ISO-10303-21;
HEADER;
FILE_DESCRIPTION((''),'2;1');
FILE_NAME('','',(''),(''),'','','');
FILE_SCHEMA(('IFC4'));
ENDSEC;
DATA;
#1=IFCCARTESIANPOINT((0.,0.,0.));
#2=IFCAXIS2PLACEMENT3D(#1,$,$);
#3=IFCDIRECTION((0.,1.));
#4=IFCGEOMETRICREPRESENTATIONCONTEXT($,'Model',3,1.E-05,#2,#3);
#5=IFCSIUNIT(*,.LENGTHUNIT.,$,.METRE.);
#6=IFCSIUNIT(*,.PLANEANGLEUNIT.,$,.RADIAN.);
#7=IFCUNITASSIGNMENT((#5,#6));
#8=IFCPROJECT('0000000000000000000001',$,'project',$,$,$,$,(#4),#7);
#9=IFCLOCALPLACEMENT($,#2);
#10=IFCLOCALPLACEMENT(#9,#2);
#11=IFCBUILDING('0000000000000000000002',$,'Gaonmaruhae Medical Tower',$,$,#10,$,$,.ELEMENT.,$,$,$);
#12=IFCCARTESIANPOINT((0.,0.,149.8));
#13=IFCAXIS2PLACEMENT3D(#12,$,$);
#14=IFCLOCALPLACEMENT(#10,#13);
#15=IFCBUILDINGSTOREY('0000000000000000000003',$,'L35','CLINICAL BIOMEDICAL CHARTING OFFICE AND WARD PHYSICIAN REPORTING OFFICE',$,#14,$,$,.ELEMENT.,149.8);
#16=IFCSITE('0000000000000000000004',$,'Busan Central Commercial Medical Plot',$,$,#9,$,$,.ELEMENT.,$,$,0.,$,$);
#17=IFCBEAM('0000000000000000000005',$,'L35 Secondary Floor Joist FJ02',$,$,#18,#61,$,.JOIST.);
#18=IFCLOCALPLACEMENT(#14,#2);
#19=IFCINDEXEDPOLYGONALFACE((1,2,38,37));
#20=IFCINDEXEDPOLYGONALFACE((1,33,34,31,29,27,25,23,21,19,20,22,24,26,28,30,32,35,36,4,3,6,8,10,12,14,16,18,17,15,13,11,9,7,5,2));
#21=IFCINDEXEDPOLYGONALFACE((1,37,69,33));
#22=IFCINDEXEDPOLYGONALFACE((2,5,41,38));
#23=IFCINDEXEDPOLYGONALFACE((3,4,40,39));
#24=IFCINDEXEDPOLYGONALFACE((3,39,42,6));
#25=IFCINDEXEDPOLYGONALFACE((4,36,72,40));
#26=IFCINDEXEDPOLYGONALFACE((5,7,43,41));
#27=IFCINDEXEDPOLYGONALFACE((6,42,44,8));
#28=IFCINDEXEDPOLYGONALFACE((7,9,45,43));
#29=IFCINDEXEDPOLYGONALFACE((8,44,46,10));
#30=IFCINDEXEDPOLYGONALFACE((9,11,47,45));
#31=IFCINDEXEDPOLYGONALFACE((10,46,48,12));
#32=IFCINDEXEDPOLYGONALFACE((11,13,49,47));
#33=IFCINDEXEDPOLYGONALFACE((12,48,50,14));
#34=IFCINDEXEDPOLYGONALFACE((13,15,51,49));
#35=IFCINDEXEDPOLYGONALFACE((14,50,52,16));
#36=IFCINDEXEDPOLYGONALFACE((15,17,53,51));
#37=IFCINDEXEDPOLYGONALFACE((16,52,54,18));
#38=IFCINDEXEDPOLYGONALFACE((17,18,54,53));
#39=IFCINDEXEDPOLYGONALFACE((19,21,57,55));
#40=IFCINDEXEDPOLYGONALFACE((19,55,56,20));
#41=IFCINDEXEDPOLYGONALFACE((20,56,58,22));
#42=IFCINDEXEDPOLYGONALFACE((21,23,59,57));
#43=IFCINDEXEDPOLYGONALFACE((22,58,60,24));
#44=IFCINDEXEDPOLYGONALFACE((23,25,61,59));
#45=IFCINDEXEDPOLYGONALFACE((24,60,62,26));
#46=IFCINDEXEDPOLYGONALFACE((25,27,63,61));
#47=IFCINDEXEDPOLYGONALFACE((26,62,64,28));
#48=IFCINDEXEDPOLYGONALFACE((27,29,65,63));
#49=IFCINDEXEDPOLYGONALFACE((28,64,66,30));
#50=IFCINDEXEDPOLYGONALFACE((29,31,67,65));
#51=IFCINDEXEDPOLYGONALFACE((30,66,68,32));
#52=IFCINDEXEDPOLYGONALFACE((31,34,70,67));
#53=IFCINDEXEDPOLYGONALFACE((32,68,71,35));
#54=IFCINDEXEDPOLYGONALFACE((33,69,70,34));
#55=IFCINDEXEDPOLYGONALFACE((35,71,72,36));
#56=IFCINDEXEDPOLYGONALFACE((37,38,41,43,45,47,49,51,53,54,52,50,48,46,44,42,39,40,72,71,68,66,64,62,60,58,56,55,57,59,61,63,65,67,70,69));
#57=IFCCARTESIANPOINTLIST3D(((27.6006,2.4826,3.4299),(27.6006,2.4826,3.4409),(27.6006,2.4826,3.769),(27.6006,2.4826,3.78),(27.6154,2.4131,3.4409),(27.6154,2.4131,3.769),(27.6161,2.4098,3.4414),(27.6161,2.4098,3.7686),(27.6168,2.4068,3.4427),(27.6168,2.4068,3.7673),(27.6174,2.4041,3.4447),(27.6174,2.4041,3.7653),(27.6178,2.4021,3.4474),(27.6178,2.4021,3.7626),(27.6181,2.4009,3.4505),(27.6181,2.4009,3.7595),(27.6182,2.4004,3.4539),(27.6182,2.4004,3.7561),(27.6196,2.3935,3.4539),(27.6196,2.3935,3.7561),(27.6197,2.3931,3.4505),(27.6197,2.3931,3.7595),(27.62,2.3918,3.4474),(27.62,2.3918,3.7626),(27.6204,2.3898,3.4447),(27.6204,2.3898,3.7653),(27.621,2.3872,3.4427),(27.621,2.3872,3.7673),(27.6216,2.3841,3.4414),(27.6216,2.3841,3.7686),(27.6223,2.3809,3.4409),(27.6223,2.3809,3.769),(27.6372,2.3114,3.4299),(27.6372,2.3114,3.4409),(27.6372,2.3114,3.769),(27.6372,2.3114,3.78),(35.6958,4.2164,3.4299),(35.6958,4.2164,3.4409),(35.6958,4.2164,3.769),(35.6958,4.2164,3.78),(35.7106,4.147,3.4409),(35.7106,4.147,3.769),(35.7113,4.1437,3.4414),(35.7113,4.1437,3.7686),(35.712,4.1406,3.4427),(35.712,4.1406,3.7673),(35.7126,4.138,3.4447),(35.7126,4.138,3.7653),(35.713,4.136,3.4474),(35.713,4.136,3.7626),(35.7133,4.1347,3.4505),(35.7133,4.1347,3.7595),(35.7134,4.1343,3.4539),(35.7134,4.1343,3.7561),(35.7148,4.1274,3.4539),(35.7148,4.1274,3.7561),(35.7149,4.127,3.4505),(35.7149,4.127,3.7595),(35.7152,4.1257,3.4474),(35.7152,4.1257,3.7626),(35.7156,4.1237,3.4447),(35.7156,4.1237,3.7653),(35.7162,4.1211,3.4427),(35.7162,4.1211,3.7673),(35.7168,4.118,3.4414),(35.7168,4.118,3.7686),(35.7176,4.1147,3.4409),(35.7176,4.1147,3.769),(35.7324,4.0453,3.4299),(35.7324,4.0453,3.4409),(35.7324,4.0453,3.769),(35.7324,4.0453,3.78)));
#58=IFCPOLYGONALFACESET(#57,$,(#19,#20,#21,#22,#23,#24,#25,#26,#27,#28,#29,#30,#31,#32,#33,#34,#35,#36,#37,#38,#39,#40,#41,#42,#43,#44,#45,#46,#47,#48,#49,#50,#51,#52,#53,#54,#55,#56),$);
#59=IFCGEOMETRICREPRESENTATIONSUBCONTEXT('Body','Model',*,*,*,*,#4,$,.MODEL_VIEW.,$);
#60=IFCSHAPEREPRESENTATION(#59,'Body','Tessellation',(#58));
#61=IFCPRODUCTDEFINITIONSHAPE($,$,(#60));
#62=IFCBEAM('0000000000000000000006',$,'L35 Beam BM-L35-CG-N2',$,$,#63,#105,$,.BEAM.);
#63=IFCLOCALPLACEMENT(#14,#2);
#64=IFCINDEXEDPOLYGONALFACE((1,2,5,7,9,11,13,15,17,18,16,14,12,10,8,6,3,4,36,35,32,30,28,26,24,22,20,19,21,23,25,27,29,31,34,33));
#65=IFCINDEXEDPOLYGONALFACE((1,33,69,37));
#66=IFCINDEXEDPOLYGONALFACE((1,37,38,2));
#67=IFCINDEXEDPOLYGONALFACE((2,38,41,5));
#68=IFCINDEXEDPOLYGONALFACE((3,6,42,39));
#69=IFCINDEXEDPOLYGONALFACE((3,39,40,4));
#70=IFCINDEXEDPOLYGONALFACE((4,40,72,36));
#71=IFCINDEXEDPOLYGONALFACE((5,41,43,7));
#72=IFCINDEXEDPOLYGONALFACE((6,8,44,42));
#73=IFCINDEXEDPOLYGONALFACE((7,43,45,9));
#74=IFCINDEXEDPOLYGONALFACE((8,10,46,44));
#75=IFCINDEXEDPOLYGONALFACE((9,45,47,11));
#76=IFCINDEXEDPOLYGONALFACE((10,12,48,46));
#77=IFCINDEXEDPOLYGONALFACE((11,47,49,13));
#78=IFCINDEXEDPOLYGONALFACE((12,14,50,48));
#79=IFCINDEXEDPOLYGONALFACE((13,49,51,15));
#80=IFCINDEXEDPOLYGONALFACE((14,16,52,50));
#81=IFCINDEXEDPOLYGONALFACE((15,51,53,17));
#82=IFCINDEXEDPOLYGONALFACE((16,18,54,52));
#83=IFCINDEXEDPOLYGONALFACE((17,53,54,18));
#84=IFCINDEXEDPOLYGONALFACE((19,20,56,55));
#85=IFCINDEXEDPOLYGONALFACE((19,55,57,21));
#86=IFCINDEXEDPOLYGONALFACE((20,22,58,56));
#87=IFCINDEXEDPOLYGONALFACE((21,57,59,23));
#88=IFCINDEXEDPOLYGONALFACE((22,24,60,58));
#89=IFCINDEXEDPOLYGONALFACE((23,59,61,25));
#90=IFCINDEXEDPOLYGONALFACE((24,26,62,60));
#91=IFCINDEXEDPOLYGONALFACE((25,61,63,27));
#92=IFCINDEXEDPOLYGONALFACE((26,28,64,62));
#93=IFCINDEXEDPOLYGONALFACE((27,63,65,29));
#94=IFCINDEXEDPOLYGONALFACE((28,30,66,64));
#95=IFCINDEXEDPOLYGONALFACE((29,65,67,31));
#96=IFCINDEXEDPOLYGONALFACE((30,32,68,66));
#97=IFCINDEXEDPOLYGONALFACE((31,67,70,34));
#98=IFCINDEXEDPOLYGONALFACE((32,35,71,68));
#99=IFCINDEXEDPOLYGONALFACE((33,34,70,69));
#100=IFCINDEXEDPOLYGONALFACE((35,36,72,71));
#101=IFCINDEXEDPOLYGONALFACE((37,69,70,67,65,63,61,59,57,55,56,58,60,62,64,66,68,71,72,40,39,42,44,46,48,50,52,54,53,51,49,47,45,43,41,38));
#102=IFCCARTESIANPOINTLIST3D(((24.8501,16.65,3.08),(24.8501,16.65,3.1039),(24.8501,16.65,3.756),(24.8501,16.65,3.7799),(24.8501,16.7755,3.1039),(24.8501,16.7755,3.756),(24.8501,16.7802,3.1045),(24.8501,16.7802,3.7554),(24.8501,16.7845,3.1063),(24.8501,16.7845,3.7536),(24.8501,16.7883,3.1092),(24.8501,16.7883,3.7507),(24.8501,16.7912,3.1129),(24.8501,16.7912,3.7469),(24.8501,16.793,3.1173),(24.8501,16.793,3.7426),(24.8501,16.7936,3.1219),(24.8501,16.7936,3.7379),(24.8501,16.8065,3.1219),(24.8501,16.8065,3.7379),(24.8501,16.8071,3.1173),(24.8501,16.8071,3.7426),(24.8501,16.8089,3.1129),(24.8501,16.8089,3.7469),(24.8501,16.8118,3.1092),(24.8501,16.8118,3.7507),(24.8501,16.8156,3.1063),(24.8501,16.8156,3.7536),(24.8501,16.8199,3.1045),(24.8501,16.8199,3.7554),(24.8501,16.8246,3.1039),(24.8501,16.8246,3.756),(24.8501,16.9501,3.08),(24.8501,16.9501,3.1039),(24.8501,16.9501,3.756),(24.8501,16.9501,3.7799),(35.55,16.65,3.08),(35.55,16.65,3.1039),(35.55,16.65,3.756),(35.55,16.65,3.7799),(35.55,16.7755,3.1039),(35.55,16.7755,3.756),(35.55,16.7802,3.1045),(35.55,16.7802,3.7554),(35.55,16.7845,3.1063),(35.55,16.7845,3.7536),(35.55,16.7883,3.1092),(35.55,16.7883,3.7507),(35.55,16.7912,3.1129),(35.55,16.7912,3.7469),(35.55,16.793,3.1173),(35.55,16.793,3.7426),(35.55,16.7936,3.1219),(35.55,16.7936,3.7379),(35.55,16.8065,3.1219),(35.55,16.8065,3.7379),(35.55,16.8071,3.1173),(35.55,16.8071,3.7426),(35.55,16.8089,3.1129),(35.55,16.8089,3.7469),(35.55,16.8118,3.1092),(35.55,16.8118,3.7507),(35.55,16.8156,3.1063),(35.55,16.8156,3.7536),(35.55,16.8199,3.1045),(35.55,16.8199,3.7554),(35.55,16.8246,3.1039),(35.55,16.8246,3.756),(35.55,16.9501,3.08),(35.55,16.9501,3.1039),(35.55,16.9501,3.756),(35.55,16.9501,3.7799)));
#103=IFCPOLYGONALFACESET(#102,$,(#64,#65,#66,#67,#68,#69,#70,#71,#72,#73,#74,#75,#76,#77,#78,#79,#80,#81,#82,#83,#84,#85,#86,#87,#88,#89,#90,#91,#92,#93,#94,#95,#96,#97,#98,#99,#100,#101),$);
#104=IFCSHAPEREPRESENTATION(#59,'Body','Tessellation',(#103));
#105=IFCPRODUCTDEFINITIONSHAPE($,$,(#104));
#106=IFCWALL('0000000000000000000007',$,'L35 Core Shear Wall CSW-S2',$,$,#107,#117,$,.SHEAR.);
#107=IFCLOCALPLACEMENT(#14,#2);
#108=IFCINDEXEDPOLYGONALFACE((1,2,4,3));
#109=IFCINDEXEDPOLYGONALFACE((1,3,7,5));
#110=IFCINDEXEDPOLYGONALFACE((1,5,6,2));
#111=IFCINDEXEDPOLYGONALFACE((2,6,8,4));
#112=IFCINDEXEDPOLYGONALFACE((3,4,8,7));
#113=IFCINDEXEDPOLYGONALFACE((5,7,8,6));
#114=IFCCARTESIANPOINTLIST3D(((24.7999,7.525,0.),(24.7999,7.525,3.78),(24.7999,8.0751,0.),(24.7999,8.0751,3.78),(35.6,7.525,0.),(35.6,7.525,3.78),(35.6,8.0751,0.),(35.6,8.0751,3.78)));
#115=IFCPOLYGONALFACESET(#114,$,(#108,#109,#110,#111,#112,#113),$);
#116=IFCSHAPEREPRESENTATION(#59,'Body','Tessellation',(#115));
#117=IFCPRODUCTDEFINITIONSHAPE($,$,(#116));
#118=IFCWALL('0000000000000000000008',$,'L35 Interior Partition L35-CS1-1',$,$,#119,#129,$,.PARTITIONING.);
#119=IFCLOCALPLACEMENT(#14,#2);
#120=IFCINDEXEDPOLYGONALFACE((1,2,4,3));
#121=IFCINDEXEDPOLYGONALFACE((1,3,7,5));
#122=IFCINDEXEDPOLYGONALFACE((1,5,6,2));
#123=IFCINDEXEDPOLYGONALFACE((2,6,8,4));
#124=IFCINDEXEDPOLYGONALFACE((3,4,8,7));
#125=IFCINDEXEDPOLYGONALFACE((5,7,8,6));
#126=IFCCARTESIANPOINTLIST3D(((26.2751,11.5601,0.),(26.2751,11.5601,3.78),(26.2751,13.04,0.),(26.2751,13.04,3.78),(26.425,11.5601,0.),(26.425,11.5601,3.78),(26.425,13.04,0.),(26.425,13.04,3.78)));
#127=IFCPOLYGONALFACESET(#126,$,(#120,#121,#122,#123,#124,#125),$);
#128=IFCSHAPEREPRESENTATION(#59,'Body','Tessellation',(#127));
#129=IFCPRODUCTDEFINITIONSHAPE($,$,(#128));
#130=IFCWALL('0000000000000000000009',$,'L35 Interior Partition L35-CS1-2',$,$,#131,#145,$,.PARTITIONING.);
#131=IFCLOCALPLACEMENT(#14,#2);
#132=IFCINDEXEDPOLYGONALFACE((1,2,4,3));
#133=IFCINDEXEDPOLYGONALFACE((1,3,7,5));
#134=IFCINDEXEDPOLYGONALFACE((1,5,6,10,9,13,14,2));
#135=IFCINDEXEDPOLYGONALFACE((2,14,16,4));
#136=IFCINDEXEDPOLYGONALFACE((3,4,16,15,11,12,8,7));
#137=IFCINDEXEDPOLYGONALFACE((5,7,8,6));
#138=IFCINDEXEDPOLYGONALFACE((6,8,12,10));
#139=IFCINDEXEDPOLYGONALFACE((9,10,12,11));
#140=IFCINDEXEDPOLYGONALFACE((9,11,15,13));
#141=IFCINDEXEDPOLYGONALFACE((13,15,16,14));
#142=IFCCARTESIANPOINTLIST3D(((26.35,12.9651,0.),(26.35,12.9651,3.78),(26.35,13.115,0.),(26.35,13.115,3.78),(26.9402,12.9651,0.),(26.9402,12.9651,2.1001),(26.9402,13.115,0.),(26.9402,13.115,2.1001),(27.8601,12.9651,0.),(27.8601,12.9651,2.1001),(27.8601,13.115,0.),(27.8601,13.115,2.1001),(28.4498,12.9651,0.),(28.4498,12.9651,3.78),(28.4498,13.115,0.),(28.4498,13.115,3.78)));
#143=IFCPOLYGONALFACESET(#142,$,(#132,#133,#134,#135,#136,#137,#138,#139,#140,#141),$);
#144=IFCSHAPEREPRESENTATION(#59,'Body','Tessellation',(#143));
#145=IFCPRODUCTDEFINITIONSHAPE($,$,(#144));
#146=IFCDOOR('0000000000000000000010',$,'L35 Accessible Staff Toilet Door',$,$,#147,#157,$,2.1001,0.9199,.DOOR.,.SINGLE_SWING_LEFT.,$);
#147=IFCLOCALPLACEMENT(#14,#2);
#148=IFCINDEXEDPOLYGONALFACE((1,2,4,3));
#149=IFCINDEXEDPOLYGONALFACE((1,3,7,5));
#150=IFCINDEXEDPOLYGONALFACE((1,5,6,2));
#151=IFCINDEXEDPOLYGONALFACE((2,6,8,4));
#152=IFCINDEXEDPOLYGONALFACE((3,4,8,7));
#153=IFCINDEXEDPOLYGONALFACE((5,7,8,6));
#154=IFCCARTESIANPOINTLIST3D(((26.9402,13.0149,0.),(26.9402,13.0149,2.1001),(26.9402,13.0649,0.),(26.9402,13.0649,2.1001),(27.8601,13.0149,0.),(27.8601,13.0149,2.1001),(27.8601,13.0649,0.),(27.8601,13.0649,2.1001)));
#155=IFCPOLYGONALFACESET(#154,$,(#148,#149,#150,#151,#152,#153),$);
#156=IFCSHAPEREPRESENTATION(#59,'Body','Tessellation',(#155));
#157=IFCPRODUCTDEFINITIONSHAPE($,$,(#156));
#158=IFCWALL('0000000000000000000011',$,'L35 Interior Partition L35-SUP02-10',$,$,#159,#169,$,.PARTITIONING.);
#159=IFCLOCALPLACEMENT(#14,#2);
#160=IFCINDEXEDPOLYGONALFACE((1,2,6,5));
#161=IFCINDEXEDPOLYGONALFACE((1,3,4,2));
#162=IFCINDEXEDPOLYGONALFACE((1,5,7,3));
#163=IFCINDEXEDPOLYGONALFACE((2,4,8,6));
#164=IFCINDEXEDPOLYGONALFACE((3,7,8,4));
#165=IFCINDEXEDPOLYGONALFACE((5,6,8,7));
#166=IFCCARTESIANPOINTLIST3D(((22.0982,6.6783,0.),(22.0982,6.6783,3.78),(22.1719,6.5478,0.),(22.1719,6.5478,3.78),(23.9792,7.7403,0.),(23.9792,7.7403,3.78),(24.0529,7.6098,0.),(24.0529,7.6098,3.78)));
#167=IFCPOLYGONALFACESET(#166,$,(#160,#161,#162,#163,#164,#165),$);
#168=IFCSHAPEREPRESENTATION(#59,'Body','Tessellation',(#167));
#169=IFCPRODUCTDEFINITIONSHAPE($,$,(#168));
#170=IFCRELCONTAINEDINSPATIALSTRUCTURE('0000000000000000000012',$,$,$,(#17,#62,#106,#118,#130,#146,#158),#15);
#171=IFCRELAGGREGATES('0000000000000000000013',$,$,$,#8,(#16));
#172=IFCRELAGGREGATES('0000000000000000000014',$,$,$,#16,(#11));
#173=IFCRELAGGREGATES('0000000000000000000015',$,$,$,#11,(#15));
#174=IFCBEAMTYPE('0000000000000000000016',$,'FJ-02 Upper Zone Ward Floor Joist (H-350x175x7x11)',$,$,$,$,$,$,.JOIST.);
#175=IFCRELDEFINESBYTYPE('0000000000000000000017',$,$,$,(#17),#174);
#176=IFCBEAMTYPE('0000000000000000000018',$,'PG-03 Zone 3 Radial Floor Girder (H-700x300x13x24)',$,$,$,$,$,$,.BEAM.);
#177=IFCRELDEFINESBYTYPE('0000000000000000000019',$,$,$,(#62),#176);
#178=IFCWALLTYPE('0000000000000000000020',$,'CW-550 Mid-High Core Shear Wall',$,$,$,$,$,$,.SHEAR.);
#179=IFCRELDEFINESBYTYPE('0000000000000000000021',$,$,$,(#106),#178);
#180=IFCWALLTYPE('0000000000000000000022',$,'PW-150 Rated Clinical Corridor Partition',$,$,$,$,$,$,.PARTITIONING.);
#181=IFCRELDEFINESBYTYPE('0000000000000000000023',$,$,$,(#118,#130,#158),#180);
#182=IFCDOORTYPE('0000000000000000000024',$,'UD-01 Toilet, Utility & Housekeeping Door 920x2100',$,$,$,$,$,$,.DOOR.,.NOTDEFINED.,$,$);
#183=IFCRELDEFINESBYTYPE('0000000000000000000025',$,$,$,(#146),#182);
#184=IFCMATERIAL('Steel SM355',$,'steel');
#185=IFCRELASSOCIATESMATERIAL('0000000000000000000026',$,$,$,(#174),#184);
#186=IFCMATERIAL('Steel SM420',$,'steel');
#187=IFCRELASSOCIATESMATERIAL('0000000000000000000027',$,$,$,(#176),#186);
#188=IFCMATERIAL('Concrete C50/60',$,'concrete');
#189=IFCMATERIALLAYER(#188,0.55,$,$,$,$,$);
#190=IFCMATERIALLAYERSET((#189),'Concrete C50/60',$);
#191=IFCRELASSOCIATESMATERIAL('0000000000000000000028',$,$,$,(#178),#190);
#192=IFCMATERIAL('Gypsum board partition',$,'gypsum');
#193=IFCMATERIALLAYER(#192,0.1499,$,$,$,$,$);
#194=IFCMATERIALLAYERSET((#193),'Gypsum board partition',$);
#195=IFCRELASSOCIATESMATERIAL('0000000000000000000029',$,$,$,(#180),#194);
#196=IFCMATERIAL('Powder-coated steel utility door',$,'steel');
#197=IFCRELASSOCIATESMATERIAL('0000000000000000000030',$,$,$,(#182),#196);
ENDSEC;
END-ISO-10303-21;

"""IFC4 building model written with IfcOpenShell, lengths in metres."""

from ifc_helpers import new_model, si_unit, direction, frame, frame_2d, origin, origin_2d, place, context, subcontext, project, spatial, rectangle, i_section, extrude, material, layer, layer_set, material_profile, profile_set, type_object, element, fill, save


model = new_model("IFC4")

# Units and contexts
model_context = context("Model", 3, precision=1e-05, world=origin(), true_north=direction((0.0, 1.0)))
body_context = subcontext(model_context, "Body", "Model", "MODEL_VIEW")
ifc_project = project(units=[si_unit("LENGTHUNIT", "METRE"), si_unit("PLANEANGLEUNIT", "RADIAN")], contexts=[model_context])

# Site, building, storey
site_placement = place(None, origin())
site = spatial("IfcSite", under=ifc_project, at=site_placement, Name="Busan Central Commercial Medical Plot", CompositionType="ELEMENT", RefElevation=0.0)
building_placement = place(site_placement, origin())
building = spatial("IfcBuilding", under=site, at=building_placement, Name="Gaonmaruhae Medical Tower", CompositionType="ELEMENT")
storey_placement = place(building_placement, frame((0.0, 0.0, 149.8)))
storey = spatial("IfcBuildingStorey", under=building, at=storey_placement, Name="L35", Description="CLINICAL BIOMEDICAL CHARTING OFFICE AND WARD PHYSICIAN REPORTING OFFICE", CompositionType="ELEMENT", Elevation=149.8)

# Shared definitions
ifc_material_1 = material(Name="Concrete C50/60", Category="concrete")

# Beams
ifc_material_2 = material(Name="Steel SM420", Category="steel")
ifc_material_3 = material(Name="Steel SM355", Category="steel")
ifc_material_profile_1 = material_profile(ifc_material_3, i_section(OverallWidth=0.175, OverallDepth=0.3501, WebThickness=0.0071, FlangeThickness=0.011, FilletRadius=0.0129, at=origin_2d()), Name="H-350x175x7x11")
ifc_profile_set_1 = profile_set([ifc_material_profile_1], Name="Steel SM355")
beam_type_1 = type_object("IfcBeamType", Name="FJ-02 Upper Zone Ward Floor Joist (H-350x175x7x11)", PredefinedType="JOIST", material=ifc_profile_set_1)
beam_1_placement = place(storey_placement, frame((27.6189, 2.397, 3.605), z_axis=(0.977822, 0.209436, 0.0), x_axis=(-0.209436, 0.977822, 0.0)))
element("IfcBeam", 1, at=beam_1_placement, inside=storey, type_object=beam_type_1, Name="L35 Secondary Floor Joist FJ02", PredefinedType="JOIST", context=body_context, shape_type="SweptSolid", body=[
    extrude(i_section(OverallWidth=0.175, OverallDepth=0.3501, WebThickness=0.0071, FlangeThickness=0.011, FilletRadius=0.0129, at=origin_2d()), origin(), (0.0, 0.0, 1.0), 8.2788),
])
ifc_material_profile_2 = material_profile(ifc_material_2, i_section(OverallWidth=0.3, OverallDepth=0.7, WebThickness=0.0129, FlangeThickness=0.0239, FilletRadius=0.0181, at=origin_2d()), Name="H-700x300x13x24")
ifc_profile_set_2 = profile_set([ifc_material_profile_2], Name="Steel SM420")
beam_type_2 = type_object("IfcBeamType", Name="PG-03 Zone 3 Radial Floor Girder (H-700x300x13x24)", PredefinedType="BEAM", material=ifc_profile_set_2)
beam_2_placement = place(storey_placement, frame((24.8501, 16.8, 3.4299), z_axis=(1.0, 0.0, 0.0), x_axis=(0.0, 1.0, 0.0)))
element("IfcBeam", 2, at=beam_2_placement, inside=storey, type_object=beam_type_2, Name="L35 Beam BM-L35-CG-N2", PredefinedType="BEAM", context=body_context, shape_type="SweptSolid", body=[
    extrude(i_section(OverallWidth=0.3, OverallDepth=0.7, WebThickness=0.0129, FlangeThickness=0.0239, FilletRadius=0.0181, at=origin_2d()), origin(), (0.0, 0.0, 1.0), 10.7),
])

# Walls
ifc_layer_1 = layer(ifc_material_1, 0.55)
ifc_layer_set_1 = layer_set([ifc_layer_1], Name="Concrete C50/60")
wall_type_1 = type_object("IfcWallType", Name="CW-550 Mid-High Core Shear Wall", PredefinedType="SHEAR", material=ifc_layer_set_1)
wall_1_placement = place(storey_placement, frame((24.8, 7.8, 0.0), z_axis=(0.0, 0.0, 1.0), x_axis=(1.0, 0.0, 0.0)))
element("IfcWall", 3, at=wall_1_placement, inside=storey, type_object=wall_type_1, Name="L35 Core Shear Wall CSW-S2", PredefinedType="SHEAR", context=body_context, shape_type="SweptSolid", body=[
    extrude(rectangle(XDim=10.8, YDim=0.55, at=frame_2d((5.3999, 0.0))), origin(), (0.0, 0.0, 1.0), 3.78),
])
ifc_material_4 = material(Name="Gypsum board partition", Category="gypsum")
ifc_layer_2 = layer(ifc_material_4, 0.1499)
ifc_layer_set_2 = layer_set([ifc_layer_2], Name="Gypsum board partition")
wall_type_2 = type_object("IfcWallType", Name="PW-150 Rated Clinical Corridor Partition", PredefinedType="PARTITIONING", material=ifc_layer_set_2)
wall_2_placement = place(storey_placement, frame((26.3501, 11.5601, 0.0), z_axis=(0.0, 0.0, 1.0), x_axis=(0.0, 1.0, 0.0)))
element("IfcWall", 4, at=wall_2_placement, inside=storey, type_object=wall_type_2, Name="L35 Interior Partition L35-CS1-1", PredefinedType="PARTITIONING", context=body_context, shape_type="SweptSolid", body=[
    extrude(rectangle(XDim=1.48, YDim=0.1499, at=frame_2d((0.74, 0.0))), origin(), (0.0, 0.0, 1.0), 3.78),
])

# Wall, opening, door
wall_3_placement = place(storey_placement, frame((26.3501, 13.04, 0.0), z_axis=(0.0, 0.0, 1.0), x_axis=(1.0, 0.0, 0.0)))
wall_3 = element("IfcWall", 5, at=wall_3_placement, inside=storey, type_object=wall_type_2, Name="L35 Interior Partition L35-CS1-2", PredefinedType="PARTITIONING", context=body_context, shape_type="SweptSolid", body=[
    extrude(rectangle(XDim=2.0999, YDim=0.1499, at=frame_2d((1.0498, 0.0))), origin(), (0.0, 0.0, 1.0), 3.78),
])
opening_1_placement = place(wall_3_placement, frame((0.5901, 0.0, 0.0)))
opening_1 = element("IfcOpeningElement", 6, at=opening_1_placement, cuts=wall_3, PredefinedType="OPENING", context=body_context, shape_type="SweptSolid", body=[
    extrude(rectangle(XDim=0.9199, YDim=2.1001, at=frame_2d((0.46, 1.05))), frame((0.0, 0.085, 0.0), z_axis=(0.0, -1.0, 0.0), x_axis=(1.0, 0.0, 0.0)), (0.0, 0.0, 1.0), 0.1699),
])
ifc_material_5 = material(Name="Powder-coated steel utility door", Category="steel")
door_type_1 = type_object("IfcDoorType", Name="UD-01 Toilet, Utility & Housekeeping Door 920x2100", OperationType="NOTDEFINED", PredefinedType="DOOR", material=ifc_material_5)
door_1_placement = place(opening_1_placement, origin())
door_1 = element("IfcDoor", 7, at=door_1_placement, inside=storey, type_object=door_type_1, Name="L35 Accessible Staff Toilet Door", OperationType="SINGLE_SWING_LEFT", OverallHeight=2.1001, OverallWidth=0.9199, PredefinedType="DOOR", context=body_context, shape_type="SweptSolid", body=[
    extrude(rectangle(XDim=0.9199, YDim=2.1001, at=frame_2d((0.46, 1.05))), frame((0.0, 0.0249, 0.0), z_axis=(0.0, -1.0, 0.0), x_axis=(1.0, 0.0, 0.0)), (0.0, 0.0, 1.0), 0.05),
])
fill(opening_1, door_1)

# Wall
wall_4_placement = place(storey_placement, frame((22.135, 6.613, 0.0), z_axis=(0.0, 0.0, 1.0), x_axis=(0.870805, 0.491629, 0.0)))
element("IfcWall", 8, at=wall_4_placement, inside=storey, type_object=wall_type_2, Name="L35 Interior Partition L35-SUP02-10", PredefinedType="PARTITIONING", context=body_context, shape_type="SweptSolid", body=[
    extrude(rectangle(XDim=2.1602, YDim=0.1499, at=frame_2d((1.0801, 0.0))), origin(), (0.0, 0.0, 1.0), 3.78),
])

save(model, "model.ifc")
